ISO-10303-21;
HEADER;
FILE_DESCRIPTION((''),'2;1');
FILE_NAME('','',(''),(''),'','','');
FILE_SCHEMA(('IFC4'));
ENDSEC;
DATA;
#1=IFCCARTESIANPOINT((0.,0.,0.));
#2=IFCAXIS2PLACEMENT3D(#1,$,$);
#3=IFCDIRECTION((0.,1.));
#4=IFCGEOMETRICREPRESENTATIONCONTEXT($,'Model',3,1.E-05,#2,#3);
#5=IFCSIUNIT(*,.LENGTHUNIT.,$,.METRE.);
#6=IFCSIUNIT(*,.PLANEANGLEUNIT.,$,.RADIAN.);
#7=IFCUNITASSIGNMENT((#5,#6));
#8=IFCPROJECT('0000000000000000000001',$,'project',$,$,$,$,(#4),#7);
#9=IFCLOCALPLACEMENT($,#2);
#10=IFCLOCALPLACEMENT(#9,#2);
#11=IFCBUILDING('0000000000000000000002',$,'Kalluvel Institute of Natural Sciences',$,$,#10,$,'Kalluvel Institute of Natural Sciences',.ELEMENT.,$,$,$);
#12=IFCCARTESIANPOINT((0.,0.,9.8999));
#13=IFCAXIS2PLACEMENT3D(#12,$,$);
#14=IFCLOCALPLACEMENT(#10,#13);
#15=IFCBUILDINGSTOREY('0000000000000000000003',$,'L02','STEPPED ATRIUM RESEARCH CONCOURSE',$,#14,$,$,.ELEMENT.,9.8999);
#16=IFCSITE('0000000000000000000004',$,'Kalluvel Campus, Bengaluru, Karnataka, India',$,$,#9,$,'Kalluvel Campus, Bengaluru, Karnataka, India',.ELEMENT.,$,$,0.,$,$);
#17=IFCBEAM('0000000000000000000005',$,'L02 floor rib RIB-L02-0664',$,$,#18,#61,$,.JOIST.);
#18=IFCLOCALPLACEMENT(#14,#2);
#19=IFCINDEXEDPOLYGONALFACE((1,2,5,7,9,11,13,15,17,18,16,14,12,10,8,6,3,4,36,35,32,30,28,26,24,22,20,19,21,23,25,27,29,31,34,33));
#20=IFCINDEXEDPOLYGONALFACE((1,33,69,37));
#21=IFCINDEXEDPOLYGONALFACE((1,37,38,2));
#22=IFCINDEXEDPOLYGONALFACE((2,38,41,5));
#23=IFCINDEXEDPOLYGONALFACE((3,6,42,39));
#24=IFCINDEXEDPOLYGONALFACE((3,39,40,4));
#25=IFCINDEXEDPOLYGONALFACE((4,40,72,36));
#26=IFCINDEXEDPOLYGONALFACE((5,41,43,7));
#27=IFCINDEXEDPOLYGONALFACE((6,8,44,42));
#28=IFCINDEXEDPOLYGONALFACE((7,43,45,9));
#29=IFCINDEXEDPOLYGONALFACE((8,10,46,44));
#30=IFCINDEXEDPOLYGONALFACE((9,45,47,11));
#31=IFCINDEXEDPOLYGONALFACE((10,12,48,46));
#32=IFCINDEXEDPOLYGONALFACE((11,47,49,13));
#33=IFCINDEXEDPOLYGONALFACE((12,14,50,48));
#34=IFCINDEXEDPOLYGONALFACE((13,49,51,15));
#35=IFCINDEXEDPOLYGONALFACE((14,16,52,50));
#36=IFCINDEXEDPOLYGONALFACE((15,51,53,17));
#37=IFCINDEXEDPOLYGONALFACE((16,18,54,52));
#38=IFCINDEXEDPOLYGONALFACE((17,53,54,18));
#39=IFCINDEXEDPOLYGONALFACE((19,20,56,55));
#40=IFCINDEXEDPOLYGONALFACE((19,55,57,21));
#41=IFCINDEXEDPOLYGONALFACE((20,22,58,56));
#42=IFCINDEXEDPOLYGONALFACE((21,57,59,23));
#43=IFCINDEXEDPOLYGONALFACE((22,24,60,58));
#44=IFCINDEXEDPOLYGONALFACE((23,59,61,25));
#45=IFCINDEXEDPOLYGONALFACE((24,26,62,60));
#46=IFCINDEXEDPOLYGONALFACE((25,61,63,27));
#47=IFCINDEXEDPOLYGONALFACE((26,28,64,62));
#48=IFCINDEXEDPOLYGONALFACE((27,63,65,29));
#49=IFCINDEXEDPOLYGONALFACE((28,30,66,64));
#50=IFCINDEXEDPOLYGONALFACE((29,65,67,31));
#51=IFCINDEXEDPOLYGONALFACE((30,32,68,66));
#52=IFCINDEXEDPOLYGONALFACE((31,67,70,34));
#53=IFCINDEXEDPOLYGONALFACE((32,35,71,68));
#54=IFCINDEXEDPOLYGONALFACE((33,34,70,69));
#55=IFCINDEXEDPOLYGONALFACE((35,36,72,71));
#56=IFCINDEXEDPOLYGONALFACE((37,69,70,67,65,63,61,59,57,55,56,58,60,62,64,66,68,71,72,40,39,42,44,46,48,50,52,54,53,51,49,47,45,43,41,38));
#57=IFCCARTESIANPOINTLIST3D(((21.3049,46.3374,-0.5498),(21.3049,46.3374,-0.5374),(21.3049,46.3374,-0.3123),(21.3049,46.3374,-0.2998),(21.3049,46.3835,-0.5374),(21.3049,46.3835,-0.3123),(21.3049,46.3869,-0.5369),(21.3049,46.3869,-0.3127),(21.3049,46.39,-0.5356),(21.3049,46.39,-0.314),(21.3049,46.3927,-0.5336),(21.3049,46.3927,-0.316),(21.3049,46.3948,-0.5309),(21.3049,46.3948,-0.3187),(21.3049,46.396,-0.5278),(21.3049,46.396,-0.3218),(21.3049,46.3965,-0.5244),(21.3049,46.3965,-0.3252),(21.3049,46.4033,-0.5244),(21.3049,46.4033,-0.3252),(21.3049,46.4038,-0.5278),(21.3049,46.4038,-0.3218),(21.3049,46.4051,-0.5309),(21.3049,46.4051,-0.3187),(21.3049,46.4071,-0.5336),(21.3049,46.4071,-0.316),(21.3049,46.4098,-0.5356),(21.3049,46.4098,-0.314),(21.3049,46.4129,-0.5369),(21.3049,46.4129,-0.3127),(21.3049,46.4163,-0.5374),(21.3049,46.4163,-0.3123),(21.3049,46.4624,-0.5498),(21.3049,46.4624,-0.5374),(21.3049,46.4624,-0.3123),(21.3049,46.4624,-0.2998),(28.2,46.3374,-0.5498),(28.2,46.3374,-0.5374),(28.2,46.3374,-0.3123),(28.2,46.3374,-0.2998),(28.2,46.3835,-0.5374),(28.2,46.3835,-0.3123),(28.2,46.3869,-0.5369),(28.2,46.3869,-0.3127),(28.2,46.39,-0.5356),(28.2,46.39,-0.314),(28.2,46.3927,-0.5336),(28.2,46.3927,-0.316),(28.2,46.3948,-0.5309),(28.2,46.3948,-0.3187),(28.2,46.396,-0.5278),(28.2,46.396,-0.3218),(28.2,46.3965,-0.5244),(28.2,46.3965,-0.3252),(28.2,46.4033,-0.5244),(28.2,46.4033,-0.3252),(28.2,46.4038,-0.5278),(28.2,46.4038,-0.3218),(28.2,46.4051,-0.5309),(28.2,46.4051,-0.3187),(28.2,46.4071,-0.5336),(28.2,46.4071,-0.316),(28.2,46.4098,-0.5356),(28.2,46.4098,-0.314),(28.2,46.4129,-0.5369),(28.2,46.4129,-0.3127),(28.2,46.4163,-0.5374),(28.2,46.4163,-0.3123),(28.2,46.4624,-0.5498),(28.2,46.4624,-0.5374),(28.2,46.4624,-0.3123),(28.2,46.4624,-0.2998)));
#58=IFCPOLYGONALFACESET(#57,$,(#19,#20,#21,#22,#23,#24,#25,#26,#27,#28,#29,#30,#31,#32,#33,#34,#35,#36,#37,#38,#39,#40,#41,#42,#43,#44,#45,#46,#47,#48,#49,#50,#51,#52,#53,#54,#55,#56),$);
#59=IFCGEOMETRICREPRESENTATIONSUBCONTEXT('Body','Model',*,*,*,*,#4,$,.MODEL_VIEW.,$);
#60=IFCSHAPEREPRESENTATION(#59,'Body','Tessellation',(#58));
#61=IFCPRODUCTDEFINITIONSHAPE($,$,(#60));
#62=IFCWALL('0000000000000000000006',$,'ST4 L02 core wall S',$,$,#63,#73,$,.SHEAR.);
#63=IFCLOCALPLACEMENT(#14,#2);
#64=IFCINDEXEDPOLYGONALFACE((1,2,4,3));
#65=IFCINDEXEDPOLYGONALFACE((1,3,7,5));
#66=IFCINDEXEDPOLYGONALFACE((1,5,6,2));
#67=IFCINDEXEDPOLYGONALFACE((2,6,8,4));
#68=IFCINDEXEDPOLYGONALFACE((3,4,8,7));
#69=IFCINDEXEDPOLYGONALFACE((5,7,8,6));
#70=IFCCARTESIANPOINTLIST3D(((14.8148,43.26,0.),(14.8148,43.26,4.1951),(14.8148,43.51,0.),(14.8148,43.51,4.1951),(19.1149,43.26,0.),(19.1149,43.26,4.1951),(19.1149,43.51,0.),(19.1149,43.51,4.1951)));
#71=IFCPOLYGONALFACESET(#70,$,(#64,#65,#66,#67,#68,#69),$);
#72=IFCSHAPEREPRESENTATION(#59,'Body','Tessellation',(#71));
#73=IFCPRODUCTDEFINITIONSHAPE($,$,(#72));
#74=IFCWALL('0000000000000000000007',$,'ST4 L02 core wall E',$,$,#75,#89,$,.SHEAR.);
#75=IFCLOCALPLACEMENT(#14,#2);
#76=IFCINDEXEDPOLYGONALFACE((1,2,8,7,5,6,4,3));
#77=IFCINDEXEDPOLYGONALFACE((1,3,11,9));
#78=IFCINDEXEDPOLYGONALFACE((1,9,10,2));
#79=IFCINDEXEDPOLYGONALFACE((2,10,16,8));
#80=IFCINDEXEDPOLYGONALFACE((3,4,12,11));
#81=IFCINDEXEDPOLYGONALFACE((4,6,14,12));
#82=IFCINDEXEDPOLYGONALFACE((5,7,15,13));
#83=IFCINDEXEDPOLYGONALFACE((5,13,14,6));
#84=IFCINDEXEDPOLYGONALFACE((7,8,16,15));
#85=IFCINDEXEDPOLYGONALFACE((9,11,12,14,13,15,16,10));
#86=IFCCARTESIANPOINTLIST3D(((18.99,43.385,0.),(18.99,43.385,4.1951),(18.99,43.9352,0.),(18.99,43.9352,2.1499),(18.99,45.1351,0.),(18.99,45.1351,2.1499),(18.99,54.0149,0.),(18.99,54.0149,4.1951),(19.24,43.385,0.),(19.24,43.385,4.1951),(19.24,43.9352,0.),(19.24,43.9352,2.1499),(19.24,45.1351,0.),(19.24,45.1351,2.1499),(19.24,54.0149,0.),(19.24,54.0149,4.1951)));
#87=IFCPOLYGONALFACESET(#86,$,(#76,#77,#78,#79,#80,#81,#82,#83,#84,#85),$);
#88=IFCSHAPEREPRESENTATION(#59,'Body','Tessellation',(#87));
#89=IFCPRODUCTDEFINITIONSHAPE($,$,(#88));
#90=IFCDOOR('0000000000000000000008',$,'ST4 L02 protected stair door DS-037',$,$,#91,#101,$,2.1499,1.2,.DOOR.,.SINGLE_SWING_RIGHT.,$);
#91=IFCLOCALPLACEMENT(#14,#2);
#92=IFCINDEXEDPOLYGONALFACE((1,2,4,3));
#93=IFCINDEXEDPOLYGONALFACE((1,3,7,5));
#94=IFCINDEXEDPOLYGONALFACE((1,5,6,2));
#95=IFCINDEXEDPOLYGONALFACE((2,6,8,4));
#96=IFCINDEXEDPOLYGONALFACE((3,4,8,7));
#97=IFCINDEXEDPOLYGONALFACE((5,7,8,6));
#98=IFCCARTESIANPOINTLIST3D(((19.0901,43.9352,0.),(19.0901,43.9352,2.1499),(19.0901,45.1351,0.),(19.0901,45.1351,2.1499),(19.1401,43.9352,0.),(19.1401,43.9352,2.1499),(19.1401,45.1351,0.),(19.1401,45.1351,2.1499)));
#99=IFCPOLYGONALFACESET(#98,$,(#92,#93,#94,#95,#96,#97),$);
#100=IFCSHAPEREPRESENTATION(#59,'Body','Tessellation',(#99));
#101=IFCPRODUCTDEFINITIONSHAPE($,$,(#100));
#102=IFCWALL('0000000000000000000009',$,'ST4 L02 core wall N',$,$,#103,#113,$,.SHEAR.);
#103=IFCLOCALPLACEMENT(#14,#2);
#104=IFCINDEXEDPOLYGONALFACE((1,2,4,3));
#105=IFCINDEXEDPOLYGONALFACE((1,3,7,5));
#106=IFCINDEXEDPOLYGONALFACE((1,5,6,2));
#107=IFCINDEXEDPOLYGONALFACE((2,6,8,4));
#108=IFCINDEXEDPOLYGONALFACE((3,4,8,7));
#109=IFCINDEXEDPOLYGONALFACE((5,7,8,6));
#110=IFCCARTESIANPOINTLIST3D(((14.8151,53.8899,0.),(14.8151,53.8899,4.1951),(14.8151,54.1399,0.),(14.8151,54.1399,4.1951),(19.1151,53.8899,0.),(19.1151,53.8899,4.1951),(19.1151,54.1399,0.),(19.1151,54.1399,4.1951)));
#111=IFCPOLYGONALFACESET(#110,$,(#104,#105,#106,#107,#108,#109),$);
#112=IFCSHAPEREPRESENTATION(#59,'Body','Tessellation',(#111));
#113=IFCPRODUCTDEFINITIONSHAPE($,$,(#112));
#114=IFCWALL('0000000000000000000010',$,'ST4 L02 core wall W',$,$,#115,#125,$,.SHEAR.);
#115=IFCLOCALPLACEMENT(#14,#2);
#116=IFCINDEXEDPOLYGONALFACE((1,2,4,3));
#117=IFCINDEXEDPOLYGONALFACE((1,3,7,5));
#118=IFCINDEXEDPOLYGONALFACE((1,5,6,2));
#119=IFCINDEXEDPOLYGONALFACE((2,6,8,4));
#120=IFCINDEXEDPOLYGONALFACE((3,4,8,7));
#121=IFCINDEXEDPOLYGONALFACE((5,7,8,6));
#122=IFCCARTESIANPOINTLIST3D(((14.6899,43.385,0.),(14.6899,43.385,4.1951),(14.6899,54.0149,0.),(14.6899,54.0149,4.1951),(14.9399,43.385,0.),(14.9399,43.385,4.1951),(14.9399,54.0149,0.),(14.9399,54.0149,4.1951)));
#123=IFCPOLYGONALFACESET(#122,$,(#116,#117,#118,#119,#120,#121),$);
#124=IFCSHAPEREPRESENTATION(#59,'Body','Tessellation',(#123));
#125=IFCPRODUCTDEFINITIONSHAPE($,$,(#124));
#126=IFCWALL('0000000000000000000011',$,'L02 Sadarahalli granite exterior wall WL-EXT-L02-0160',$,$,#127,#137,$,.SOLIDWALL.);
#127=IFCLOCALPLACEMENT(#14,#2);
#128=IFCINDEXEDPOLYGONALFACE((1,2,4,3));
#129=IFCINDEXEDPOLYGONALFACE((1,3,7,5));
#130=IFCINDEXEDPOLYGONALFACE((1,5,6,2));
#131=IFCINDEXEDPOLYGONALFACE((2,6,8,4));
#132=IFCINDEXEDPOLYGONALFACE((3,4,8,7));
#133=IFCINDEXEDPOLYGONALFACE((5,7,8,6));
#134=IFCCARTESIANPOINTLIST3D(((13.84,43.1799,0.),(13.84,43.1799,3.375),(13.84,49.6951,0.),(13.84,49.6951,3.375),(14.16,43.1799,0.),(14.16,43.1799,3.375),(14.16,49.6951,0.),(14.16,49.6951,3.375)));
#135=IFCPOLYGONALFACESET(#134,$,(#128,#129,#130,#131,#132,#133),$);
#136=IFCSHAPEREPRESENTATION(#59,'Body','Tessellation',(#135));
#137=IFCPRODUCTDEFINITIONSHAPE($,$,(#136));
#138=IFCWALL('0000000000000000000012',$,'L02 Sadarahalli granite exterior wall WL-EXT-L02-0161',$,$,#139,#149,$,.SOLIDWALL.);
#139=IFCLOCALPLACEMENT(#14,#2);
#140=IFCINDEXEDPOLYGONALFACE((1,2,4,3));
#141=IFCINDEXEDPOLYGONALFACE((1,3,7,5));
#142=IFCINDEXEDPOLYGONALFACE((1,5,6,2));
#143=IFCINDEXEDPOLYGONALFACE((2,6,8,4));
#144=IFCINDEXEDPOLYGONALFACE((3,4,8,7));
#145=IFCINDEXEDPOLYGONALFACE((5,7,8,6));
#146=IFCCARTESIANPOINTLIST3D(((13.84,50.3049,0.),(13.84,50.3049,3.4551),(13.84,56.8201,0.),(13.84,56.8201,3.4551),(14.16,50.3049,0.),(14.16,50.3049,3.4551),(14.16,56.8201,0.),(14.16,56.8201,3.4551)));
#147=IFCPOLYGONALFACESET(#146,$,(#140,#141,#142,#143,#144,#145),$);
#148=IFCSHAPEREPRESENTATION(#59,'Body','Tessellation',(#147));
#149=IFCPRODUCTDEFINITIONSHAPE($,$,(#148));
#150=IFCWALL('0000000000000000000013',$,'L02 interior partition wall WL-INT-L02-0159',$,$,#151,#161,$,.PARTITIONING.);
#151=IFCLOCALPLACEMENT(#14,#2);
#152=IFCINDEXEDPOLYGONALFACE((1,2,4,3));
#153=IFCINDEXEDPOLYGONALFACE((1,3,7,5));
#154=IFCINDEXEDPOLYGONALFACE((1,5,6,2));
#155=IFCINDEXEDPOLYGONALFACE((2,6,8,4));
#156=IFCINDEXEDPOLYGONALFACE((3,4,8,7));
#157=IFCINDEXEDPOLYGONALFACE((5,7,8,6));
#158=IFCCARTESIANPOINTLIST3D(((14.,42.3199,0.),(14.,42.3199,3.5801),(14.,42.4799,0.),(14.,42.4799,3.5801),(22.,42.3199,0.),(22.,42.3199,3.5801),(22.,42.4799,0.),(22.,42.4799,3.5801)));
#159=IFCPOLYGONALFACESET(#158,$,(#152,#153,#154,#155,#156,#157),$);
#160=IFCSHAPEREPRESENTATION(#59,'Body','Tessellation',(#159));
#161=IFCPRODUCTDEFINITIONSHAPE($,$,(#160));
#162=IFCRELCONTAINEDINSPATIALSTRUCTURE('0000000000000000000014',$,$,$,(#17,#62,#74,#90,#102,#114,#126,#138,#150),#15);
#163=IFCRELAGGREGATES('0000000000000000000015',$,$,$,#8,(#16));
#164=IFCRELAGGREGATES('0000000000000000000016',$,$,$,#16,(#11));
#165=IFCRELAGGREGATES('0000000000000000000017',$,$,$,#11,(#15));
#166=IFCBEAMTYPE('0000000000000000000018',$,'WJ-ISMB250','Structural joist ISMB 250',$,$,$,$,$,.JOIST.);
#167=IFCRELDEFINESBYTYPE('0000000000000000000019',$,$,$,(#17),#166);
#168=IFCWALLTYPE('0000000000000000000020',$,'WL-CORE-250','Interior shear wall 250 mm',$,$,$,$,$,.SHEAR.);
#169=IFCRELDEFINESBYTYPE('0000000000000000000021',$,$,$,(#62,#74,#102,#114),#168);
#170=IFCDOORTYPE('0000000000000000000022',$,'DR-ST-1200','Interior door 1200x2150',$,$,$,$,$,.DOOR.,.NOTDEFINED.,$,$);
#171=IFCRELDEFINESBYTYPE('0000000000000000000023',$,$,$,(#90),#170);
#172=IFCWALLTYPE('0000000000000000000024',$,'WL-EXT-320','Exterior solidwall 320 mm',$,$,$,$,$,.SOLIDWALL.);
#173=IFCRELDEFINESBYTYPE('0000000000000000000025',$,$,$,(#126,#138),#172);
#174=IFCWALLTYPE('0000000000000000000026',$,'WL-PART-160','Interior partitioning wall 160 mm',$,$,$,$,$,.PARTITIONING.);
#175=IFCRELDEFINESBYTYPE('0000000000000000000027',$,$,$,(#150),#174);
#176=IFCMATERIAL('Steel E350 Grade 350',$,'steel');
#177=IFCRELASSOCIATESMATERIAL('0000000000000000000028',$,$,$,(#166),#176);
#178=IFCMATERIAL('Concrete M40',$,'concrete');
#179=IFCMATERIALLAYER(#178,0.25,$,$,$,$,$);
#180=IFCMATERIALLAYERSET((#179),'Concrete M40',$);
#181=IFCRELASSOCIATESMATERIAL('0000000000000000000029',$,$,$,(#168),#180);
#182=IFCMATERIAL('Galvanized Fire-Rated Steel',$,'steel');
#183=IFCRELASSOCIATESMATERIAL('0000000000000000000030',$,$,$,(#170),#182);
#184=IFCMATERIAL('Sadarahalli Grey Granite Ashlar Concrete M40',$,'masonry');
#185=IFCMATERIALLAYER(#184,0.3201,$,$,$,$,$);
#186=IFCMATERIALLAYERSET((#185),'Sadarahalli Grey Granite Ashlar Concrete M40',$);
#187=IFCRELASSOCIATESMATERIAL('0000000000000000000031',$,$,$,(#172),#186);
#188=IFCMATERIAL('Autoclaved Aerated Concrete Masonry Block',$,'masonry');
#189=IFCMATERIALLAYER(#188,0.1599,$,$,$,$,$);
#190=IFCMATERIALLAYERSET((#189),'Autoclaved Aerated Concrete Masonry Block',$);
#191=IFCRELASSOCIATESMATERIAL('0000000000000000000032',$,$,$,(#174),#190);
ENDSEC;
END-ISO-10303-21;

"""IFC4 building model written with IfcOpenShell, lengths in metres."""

from ifc_helpers import new_model, si_unit, direction, frame, frame_2d, origin, origin_2d, place, context, subcontext, project, spatial, rectangle, i_section, extrude, material, layer, layer_set, material_profile, profile_set, type_object, element, fill, save


model = new_model("IFC4")

# Units and contexts
model_context = context("Model", 3, precision=1e-05, world=origin(), true_north=direction((0.0, 1.0)))
body_context = subcontext(model_context, "Body", "Model", "MODEL_VIEW")
ifc_project = project(units=[si_unit("LENGTHUNIT", "METRE"), si_unit("PLANEANGLEUNIT", "RADIAN")], contexts=[model_context])

# Site, building, storey
site_placement = place(None, origin())
site = spatial("IfcSite", under=ifc_project, at=site_placement, Name="Kalluvel Campus, Bengaluru, Karnataka, India", LongName="Kalluvel Campus, Bengaluru, Karnataka, India", CompositionType="ELEMENT", RefElevation=0.0)
building_placement = place(site_placement, origin())
building = spatial("IfcBuilding", under=site, at=building_placement, Name="Kalluvel Institute of Natural Sciences", LongName="Kalluvel Institute of Natural Sciences", CompositionType="ELEMENT")
storey_placement = place(building_placement, frame((0.0, 0.0, 9.8999)))
storey = spatial("IfcBuildingStorey", under=building, at=storey_placement, Name="L02", Description="STEPPED ATRIUM RESEARCH CONCOURSE", CompositionType="ELEMENT", Elevation=9.8999)

# Shared definitions
ifc_material_1 = material(Name="Concrete M40", Category="concrete")

# Beam
ifc_material_2 = material(Name="Steel E350 Grade 350", Category="steel")
ifc_material_profile_1 = material_profile(ifc_material_2, i_section(OverallWidth=0.125, OverallDepth=0.25, WebThickness=0.0068, FlangeThickness=0.0125, FilletRadius=0.0129, at=origin_2d()), Name="ISMB 250")
ifc_profile_set_1 = profile_set([ifc_material_profile_1], Name="Steel E350 Grade 350")
beam_type_1 = type_object("IfcBeamType", Name="WJ-ISMB250", Description="Structural joist ISMB 250", PredefinedType="JOIST", material=ifc_profile_set_1)
beam_1_placement = place(storey_placement, frame((21.3049, 46.3999, -0.4248), z_axis=(1.0, 0.0, 0.0), x_axis=(0.0, 1.0, 0.0)))
element("IfcBeam", 1, at=beam_1_placement, inside=storey, type_object=beam_type_1, Name="L02 floor rib RIB-L02-0664", PredefinedType="JOIST", context=body_context, shape_type="SweptSolid", body=[
    extrude(i_section(OverallWidth=0.125, OverallDepth=0.25, WebThickness=0.0068, FlangeThickness=0.0125, FilletRadius=0.0129, at=origin_2d()), origin(), (0.0, 0.0, 1.0), 6.895),
])

# Wall
ifc_layer_1 = layer(ifc_material_1, 0.25)
ifc_layer_set_1 = layer_set([ifc_layer_1], Name="Concrete M40")
wall_type_1 = type_object("IfcWallType", Name="WL-CORE-250", Description="Interior shear wall 250 mm", PredefinedType="SHEAR", material=ifc_layer_set_1)
wall_1_placement = place(storey_placement, frame((14.8149, 43.385, 0.0), z_axis=(0.0, 0.0, 1.0), x_axis=(1.0, 0.0, 0.0)))
element("IfcWall", 2, at=wall_1_placement, inside=storey, type_object=wall_type_1, Name="ST4 L02 core wall S", PredefinedType="SHEAR", context=body_context, shape_type="SweptSolid", body=[
    extrude(rectangle(XDim=4.3, YDim=0.25, at=frame_2d((2.1499, 0.0))), origin(), (0.0, 0.0, 1.0), 4.1951),
])

# Wall, opening, door
wall_2_placement = place(storey_placement, frame((19.115, 43.385, 0.0), z_axis=(0.0, 0.0, 1.0), x_axis=(0.0, 1.0, 0.0)))
wall_2 = element("IfcWall", 3, at=wall_2_placement, inside=storey, type_object=wall_type_1, Name="ST4 L02 core wall E", PredefinedType="SHEAR", context=body_context, shape_type="SweptSolid", body=[
    extrude(rectangle(XDim=10.6299, YDim=0.25, at=frame_2d((5.3149, 0.0))), origin(), (0.0, 0.0, 1.0), 4.1951),
])
opening_placement = place(wall_2_placement, frame((0.55, 0.0, 0.0)))
opening = element("IfcOpeningElement", 4, at=opening_placement, cuts=wall_2, PredefinedType="OPENING", context=body_context, shape_type="SweptSolid", body=[
    extrude(rectangle(XDim=1.2, YDim=2.1499, at=frame_2d((0.6001, 1.075))), frame((0.0, 0.135, 0.0), z_axis=(0.0, -1.0, 0.0), x_axis=(1.0, 0.0, 0.0)), (0.0, 0.0, 1.0), 0.27),
])
ifc_material_3 = material(Name="Galvanized Fire-Rated Steel", Category="steel")
door_type = type_object("IfcDoorType", Name="DR-ST-1200", Description="Interior door 1200x2150", OperationType="NOTDEFINED", PredefinedType="DOOR", material=ifc_material_3)
door_placement = place(opening_placement, origin())
door = element("IfcDoor", 5, at=door_placement, inside=storey, type_object=door_type, Name="ST4 L02 protected stair door DS-037", OperationType="SINGLE_SWING_RIGHT", OverallHeight=2.1499, OverallWidth=1.2, PredefinedType="DOOR", context=body_context, shape_type="SweptSolid", body=[
    extrude(rectangle(XDim=1.2, YDim=2.1499, at=frame_2d((0.6001, 1.075))), frame((0.0, 0.0249, 0.0), z_axis=(0.0, -1.0, 0.0), x_axis=(1.0, 0.0, 0.0)), (0.0, 0.0, 1.0), 0.05),
])
fill(opening, door)

# Walls
wall_3_placement = place(storey_placement, frame((19.115, 54.0149, 0.0), z_axis=(0.0, 0.0, 1.0), x_axis=(-1.0, 0.0, 0.0)))
element("IfcWall", 6, at=wall_3_placement, inside=storey, type_object=wall_type_1, Name="ST4 L02 core wall N", PredefinedType="SHEAR", context=body_context, shape_type="SweptSolid", body=[
    extrude(rectangle(XDim=4.3, YDim=0.25, at=frame_2d((2.1499, 0.0))), origin(), (0.0, 0.0, 1.0), 4.1951),
])
wall_4_placement = place(storey_placement, frame((14.8149, 54.0149, 0.0), z_axis=(0.0, 0.0, 1.0), x_axis=(0.0, -1.0, 0.0)))
element("IfcWall", 7, at=wall_4_placement, inside=storey, type_object=wall_type_1, Name="ST4 L02 core wall W", PredefinedType="SHEAR", context=body_context, shape_type="SweptSolid", body=[
    extrude(rectangle(XDim=10.6299, YDim=0.25, at=frame_2d((5.3149, 0.0))), origin(), (0.0, 0.0, 1.0), 4.1951),
])
ifc_material_4 = material(Name="Sadarahalli Grey Granite Ashlar Concrete M40", Category="masonry")
ifc_layer_2 = layer(ifc_material_4, 0.3201)
ifc_layer_set_2 = layer_set([ifc_layer_2], Name="Sadarahalli Grey Granite Ashlar Concrete M40")
wall_type_2 = type_object("IfcWallType", Name="WL-EXT-320", Description="Exterior solidwall 320 mm", PredefinedType="SOLIDWALL", material=ifc_layer_set_2)
wall_5_placement = place(storey_placement, frame((14.0, 43.1799, 0.0), z_axis=(0.0, 0.0, 1.0), x_axis=(0.0, 1.0, 0.0)))
element("IfcWall", 8, at=wall_5_placement, inside=storey, type_object=wall_type_2, Name="L02 Sadarahalli granite exterior wall WL-EXT-L02-0160", PredefinedType="SOLIDWALL", context=body_context, shape_type="SweptSolid", body=[
    extrude(rectangle(XDim=6.5151, YDim=0.3201, at=frame_2d((3.2576, 0.0))), origin(), (0.0, 0.0, 1.0), 3.375),
])
wall_6_placement = place(storey_placement, frame((14.0, 50.3049, 0.0), z_axis=(0.0, 0.0, 1.0), x_axis=(0.0, 1.0, 0.0)))
element("IfcWall", 9, at=wall_6_placement, inside=storey, type_object=wall_type_2, Name="L02 Sadarahalli granite exterior wall WL-EXT-L02-0161", PredefinedType="SOLIDWALL", context=body_context, shape_type="SweptSolid", body=[
    extrude(rectangle(XDim=6.5151, YDim=0.3201, at=frame_2d((3.2576, 0.0))), origin(), (0.0, 0.0, 1.0), 3.4551),
])
ifc_material_5 = material(Name="Autoclaved Aerated Concrete Masonry Block", Category="masonry")
ifc_layer_3 = layer(ifc_material_5, 0.1599)
ifc_layer_set_3 = layer_set([ifc_layer_3], Name="Autoclaved Aerated Concrete Masonry Block")
wall_type_3 = type_object("IfcWallType", Name="WL-PART-160", Description="Interior partitioning wall 160 mm", PredefinedType="PARTITIONING", material=ifc_layer_set_3)
wall_7_placement = place(storey_placement, frame((14.0, 42.3999, 0.0), z_axis=(0.0, 0.0, 1.0), x_axis=(1.0, 0.0, 0.0)))
element("IfcWall", 10, at=wall_7_placement, inside=storey, type_object=wall_type_3, Name="L02 interior partition wall WL-INT-L02-0159", PredefinedType="PARTITIONING", context=body_context, shape_type="SweptSolid", body=[
    extrude(rectangle(XDim=8.0, YDim=0.1599, at=frame_2d((4.0, 0.0))), origin(), (0.0, 0.0, 1.0), 3.5801),
])

save(model, "model.ifc")
